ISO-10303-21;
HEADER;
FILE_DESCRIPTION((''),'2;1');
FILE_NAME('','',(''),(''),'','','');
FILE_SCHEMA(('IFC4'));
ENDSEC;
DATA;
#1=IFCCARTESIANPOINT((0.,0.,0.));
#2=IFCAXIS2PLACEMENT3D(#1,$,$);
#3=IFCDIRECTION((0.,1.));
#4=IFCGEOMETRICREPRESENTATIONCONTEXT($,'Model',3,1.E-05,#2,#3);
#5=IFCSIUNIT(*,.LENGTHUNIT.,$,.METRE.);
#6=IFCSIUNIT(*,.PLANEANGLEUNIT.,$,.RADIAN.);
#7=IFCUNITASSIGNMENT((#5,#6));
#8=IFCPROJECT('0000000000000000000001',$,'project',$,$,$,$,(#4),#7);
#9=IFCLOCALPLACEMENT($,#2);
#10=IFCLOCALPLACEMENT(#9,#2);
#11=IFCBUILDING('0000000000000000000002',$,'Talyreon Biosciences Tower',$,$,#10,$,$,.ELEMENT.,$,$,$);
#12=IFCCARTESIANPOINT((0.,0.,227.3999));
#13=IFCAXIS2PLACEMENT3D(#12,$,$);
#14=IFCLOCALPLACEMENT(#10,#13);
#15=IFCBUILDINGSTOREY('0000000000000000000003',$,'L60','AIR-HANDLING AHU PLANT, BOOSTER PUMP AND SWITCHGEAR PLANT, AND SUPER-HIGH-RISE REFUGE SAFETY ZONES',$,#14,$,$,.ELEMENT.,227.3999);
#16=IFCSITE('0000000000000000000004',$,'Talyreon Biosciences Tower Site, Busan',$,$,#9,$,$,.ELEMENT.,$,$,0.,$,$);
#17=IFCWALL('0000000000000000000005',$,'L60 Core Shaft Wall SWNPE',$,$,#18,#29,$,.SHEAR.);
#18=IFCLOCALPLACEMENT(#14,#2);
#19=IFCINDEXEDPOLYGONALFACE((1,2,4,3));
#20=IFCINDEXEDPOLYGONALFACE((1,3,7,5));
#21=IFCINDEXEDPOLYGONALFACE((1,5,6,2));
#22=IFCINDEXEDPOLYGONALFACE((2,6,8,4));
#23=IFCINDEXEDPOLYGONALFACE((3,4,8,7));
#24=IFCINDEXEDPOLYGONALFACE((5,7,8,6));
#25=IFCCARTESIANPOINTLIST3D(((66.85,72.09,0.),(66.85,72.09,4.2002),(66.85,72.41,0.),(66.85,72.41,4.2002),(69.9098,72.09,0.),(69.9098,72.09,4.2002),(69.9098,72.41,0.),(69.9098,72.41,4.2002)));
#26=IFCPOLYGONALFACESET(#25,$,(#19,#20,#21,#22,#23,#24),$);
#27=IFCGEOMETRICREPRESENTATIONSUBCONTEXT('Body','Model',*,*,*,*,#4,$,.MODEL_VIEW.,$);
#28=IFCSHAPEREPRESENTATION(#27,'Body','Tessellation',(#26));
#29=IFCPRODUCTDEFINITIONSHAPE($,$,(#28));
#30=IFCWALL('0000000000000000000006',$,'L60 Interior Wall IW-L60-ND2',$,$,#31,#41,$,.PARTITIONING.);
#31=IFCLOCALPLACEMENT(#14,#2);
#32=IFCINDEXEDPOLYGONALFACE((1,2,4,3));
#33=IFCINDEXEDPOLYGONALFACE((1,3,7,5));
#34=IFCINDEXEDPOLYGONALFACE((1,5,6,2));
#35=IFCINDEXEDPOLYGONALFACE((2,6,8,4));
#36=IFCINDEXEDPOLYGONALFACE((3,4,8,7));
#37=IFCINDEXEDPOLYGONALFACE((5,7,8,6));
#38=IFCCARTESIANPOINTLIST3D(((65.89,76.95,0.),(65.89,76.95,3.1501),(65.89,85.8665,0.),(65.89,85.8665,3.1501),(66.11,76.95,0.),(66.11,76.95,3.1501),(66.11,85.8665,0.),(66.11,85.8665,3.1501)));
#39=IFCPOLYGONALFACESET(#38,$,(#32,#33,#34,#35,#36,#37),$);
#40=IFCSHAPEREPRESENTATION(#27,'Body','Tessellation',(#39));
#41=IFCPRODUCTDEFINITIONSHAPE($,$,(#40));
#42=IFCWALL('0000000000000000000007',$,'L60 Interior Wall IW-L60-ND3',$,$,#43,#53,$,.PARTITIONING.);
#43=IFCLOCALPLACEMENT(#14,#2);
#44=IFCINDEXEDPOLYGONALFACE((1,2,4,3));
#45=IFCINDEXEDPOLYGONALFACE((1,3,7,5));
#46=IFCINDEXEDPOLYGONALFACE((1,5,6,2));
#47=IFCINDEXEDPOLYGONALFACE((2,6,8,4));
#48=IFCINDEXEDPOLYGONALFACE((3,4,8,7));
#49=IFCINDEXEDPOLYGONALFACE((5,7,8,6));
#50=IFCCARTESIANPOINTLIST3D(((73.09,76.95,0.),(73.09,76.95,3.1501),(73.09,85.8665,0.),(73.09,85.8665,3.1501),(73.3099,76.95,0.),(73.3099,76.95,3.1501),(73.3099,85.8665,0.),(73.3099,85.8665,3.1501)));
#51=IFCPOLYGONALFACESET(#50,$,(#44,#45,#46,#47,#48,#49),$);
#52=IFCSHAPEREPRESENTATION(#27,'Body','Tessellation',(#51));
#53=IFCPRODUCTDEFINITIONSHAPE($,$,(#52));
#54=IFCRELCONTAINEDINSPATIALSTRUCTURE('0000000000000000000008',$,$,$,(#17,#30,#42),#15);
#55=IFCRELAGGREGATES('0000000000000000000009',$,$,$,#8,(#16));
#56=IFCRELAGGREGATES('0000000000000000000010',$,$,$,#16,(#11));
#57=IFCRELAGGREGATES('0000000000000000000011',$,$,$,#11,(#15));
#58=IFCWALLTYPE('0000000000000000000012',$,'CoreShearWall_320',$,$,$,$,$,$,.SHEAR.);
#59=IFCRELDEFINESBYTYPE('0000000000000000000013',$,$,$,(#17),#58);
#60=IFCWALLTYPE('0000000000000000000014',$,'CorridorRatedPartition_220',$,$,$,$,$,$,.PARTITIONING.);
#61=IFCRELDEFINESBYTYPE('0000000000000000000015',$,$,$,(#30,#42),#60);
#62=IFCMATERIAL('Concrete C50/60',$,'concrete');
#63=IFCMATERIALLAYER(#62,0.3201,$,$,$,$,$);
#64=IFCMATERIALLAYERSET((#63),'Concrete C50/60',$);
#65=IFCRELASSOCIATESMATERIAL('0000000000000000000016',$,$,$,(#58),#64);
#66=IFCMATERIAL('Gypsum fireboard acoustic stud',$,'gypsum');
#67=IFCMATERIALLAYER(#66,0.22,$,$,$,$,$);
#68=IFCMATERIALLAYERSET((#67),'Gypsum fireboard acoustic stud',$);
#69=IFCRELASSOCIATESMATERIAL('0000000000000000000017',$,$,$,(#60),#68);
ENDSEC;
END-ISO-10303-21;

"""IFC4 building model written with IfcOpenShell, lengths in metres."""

from ifc_helpers import new_model, si_unit, direction, frame, frame_2d, origin, place, context, subcontext, project, spatial, rectangle, extrude, material, layer, layer_set, type_object, element, save


model = new_model("IFC4")

# Units and contexts
model_context = context("Model", 3, precision=1e-05, world=origin(), true_north=direction((0.0, 1.0)))
body_context = subcontext(model_context, "Body", "Model", "MODEL_VIEW")
ifc_project = project(units=[si_unit("LENGTHUNIT", "METRE"), si_unit("PLANEANGLEUNIT", "RADIAN")], contexts=[model_context])

# Site, building, storey
site_placement = place(None, origin())
site = spatial("IfcSite", under=ifc_project, at=site_placement, Name="Talyreon Biosciences Tower Site, Busan", CompositionType="ELEMENT", RefElevation=0.0)
building_placement = place(site_placement, origin())
building = spatial("IfcBuilding", under=site, at=building_placement, Name="Talyreon Biosciences Tower", CompositionType="ELEMENT")
storey_placement = place(building_placement, frame((0.0, 0.0, 227.3999)))
storey = spatial("IfcBuildingStorey", under=building, at=storey_placement, Name="L60", Description="AIR-HANDLING AHU PLANT, BOOSTER PUMP AND SWITCHGEAR PLANT, AND SUPER-HIGH-RISE REFUGE SAFETY ZONES", CompositionType="ELEMENT", Elevation=227.3999)

# Shared definitions
ifc_material_1 = material(Name="Concrete C50/60", Category="concrete")

# Walls
ifc_layer_1 = layer(ifc_material_1, 0.3201)
ifc_layer_set_1 = layer_set([ifc_layer_1], Name="Concrete C50/60")
wall_type_1 = type_object("IfcWallType", Name="CoreShearWall_320", PredefinedType="SHEAR", material=ifc_layer_set_1)
wall_1_placement = place(storey_placement, frame((66.8501, 72.25, 0.0), z_axis=(0.0, 0.0, 1.0), x_axis=(1.0, 0.0, 0.0)))
element("IfcWall", 1, at=wall_1_placement, inside=storey, type_object=wall_type_1, Name="L60 Core Shaft Wall SWNPE", PredefinedType="SHEAR", context=body_context, shape_type="SweptSolid", body=[
    extrude(rectangle(XDim=3.0598, YDim=0.3201, at=frame_2d((1.5298, 0.0))), origin(), (0.0, 0.0, 1.0), 4.2002),
])
ifc_material_2 = material(Name="Gypsum fireboard acoustic stud", Category="gypsum")
ifc_layer_2 = layer(ifc_material_2, 0.22)
ifc_layer_set_2 = layer_set([ifc_layer_2], Name="Gypsum fireboard acoustic stud")
wall_type_2 = type_object("IfcWallType", Name="CorridorRatedPartition_220", PredefinedType="PARTITIONING", material=ifc_layer_set_2)
for number, where, z_axis, x_axis, name in (
    (2, (66.0, 76.95, 0.0), (0.0, 0.0, 1.0), (0.0, 1.0, 0.0), "L60 Interior Wall IW-L60-ND2"),
    (3, (73.2, 76.95, 0.0), (0.0, 0.0, 1.0), (0.0, 1.0, 0.0), "L60 Interior Wall IW-L60-ND3"),
):
    element("IfcWall", number, at=place(storey_placement, frame(where, z_axis=z_axis, x_axis=x_axis)), inside=storey, type_object=wall_type_2, Name=name, PredefinedType="PARTITIONING", context=body_context, shape_type="SweptSolid", body=[
        extrude(rectangle(XDim=8.9165, YDim=0.22, at=frame_2d((4.4583, 0.0))), origin(), (0.0, 0.0, 1.0), 3.1501),
    ])

save(model, "model.ifc")
